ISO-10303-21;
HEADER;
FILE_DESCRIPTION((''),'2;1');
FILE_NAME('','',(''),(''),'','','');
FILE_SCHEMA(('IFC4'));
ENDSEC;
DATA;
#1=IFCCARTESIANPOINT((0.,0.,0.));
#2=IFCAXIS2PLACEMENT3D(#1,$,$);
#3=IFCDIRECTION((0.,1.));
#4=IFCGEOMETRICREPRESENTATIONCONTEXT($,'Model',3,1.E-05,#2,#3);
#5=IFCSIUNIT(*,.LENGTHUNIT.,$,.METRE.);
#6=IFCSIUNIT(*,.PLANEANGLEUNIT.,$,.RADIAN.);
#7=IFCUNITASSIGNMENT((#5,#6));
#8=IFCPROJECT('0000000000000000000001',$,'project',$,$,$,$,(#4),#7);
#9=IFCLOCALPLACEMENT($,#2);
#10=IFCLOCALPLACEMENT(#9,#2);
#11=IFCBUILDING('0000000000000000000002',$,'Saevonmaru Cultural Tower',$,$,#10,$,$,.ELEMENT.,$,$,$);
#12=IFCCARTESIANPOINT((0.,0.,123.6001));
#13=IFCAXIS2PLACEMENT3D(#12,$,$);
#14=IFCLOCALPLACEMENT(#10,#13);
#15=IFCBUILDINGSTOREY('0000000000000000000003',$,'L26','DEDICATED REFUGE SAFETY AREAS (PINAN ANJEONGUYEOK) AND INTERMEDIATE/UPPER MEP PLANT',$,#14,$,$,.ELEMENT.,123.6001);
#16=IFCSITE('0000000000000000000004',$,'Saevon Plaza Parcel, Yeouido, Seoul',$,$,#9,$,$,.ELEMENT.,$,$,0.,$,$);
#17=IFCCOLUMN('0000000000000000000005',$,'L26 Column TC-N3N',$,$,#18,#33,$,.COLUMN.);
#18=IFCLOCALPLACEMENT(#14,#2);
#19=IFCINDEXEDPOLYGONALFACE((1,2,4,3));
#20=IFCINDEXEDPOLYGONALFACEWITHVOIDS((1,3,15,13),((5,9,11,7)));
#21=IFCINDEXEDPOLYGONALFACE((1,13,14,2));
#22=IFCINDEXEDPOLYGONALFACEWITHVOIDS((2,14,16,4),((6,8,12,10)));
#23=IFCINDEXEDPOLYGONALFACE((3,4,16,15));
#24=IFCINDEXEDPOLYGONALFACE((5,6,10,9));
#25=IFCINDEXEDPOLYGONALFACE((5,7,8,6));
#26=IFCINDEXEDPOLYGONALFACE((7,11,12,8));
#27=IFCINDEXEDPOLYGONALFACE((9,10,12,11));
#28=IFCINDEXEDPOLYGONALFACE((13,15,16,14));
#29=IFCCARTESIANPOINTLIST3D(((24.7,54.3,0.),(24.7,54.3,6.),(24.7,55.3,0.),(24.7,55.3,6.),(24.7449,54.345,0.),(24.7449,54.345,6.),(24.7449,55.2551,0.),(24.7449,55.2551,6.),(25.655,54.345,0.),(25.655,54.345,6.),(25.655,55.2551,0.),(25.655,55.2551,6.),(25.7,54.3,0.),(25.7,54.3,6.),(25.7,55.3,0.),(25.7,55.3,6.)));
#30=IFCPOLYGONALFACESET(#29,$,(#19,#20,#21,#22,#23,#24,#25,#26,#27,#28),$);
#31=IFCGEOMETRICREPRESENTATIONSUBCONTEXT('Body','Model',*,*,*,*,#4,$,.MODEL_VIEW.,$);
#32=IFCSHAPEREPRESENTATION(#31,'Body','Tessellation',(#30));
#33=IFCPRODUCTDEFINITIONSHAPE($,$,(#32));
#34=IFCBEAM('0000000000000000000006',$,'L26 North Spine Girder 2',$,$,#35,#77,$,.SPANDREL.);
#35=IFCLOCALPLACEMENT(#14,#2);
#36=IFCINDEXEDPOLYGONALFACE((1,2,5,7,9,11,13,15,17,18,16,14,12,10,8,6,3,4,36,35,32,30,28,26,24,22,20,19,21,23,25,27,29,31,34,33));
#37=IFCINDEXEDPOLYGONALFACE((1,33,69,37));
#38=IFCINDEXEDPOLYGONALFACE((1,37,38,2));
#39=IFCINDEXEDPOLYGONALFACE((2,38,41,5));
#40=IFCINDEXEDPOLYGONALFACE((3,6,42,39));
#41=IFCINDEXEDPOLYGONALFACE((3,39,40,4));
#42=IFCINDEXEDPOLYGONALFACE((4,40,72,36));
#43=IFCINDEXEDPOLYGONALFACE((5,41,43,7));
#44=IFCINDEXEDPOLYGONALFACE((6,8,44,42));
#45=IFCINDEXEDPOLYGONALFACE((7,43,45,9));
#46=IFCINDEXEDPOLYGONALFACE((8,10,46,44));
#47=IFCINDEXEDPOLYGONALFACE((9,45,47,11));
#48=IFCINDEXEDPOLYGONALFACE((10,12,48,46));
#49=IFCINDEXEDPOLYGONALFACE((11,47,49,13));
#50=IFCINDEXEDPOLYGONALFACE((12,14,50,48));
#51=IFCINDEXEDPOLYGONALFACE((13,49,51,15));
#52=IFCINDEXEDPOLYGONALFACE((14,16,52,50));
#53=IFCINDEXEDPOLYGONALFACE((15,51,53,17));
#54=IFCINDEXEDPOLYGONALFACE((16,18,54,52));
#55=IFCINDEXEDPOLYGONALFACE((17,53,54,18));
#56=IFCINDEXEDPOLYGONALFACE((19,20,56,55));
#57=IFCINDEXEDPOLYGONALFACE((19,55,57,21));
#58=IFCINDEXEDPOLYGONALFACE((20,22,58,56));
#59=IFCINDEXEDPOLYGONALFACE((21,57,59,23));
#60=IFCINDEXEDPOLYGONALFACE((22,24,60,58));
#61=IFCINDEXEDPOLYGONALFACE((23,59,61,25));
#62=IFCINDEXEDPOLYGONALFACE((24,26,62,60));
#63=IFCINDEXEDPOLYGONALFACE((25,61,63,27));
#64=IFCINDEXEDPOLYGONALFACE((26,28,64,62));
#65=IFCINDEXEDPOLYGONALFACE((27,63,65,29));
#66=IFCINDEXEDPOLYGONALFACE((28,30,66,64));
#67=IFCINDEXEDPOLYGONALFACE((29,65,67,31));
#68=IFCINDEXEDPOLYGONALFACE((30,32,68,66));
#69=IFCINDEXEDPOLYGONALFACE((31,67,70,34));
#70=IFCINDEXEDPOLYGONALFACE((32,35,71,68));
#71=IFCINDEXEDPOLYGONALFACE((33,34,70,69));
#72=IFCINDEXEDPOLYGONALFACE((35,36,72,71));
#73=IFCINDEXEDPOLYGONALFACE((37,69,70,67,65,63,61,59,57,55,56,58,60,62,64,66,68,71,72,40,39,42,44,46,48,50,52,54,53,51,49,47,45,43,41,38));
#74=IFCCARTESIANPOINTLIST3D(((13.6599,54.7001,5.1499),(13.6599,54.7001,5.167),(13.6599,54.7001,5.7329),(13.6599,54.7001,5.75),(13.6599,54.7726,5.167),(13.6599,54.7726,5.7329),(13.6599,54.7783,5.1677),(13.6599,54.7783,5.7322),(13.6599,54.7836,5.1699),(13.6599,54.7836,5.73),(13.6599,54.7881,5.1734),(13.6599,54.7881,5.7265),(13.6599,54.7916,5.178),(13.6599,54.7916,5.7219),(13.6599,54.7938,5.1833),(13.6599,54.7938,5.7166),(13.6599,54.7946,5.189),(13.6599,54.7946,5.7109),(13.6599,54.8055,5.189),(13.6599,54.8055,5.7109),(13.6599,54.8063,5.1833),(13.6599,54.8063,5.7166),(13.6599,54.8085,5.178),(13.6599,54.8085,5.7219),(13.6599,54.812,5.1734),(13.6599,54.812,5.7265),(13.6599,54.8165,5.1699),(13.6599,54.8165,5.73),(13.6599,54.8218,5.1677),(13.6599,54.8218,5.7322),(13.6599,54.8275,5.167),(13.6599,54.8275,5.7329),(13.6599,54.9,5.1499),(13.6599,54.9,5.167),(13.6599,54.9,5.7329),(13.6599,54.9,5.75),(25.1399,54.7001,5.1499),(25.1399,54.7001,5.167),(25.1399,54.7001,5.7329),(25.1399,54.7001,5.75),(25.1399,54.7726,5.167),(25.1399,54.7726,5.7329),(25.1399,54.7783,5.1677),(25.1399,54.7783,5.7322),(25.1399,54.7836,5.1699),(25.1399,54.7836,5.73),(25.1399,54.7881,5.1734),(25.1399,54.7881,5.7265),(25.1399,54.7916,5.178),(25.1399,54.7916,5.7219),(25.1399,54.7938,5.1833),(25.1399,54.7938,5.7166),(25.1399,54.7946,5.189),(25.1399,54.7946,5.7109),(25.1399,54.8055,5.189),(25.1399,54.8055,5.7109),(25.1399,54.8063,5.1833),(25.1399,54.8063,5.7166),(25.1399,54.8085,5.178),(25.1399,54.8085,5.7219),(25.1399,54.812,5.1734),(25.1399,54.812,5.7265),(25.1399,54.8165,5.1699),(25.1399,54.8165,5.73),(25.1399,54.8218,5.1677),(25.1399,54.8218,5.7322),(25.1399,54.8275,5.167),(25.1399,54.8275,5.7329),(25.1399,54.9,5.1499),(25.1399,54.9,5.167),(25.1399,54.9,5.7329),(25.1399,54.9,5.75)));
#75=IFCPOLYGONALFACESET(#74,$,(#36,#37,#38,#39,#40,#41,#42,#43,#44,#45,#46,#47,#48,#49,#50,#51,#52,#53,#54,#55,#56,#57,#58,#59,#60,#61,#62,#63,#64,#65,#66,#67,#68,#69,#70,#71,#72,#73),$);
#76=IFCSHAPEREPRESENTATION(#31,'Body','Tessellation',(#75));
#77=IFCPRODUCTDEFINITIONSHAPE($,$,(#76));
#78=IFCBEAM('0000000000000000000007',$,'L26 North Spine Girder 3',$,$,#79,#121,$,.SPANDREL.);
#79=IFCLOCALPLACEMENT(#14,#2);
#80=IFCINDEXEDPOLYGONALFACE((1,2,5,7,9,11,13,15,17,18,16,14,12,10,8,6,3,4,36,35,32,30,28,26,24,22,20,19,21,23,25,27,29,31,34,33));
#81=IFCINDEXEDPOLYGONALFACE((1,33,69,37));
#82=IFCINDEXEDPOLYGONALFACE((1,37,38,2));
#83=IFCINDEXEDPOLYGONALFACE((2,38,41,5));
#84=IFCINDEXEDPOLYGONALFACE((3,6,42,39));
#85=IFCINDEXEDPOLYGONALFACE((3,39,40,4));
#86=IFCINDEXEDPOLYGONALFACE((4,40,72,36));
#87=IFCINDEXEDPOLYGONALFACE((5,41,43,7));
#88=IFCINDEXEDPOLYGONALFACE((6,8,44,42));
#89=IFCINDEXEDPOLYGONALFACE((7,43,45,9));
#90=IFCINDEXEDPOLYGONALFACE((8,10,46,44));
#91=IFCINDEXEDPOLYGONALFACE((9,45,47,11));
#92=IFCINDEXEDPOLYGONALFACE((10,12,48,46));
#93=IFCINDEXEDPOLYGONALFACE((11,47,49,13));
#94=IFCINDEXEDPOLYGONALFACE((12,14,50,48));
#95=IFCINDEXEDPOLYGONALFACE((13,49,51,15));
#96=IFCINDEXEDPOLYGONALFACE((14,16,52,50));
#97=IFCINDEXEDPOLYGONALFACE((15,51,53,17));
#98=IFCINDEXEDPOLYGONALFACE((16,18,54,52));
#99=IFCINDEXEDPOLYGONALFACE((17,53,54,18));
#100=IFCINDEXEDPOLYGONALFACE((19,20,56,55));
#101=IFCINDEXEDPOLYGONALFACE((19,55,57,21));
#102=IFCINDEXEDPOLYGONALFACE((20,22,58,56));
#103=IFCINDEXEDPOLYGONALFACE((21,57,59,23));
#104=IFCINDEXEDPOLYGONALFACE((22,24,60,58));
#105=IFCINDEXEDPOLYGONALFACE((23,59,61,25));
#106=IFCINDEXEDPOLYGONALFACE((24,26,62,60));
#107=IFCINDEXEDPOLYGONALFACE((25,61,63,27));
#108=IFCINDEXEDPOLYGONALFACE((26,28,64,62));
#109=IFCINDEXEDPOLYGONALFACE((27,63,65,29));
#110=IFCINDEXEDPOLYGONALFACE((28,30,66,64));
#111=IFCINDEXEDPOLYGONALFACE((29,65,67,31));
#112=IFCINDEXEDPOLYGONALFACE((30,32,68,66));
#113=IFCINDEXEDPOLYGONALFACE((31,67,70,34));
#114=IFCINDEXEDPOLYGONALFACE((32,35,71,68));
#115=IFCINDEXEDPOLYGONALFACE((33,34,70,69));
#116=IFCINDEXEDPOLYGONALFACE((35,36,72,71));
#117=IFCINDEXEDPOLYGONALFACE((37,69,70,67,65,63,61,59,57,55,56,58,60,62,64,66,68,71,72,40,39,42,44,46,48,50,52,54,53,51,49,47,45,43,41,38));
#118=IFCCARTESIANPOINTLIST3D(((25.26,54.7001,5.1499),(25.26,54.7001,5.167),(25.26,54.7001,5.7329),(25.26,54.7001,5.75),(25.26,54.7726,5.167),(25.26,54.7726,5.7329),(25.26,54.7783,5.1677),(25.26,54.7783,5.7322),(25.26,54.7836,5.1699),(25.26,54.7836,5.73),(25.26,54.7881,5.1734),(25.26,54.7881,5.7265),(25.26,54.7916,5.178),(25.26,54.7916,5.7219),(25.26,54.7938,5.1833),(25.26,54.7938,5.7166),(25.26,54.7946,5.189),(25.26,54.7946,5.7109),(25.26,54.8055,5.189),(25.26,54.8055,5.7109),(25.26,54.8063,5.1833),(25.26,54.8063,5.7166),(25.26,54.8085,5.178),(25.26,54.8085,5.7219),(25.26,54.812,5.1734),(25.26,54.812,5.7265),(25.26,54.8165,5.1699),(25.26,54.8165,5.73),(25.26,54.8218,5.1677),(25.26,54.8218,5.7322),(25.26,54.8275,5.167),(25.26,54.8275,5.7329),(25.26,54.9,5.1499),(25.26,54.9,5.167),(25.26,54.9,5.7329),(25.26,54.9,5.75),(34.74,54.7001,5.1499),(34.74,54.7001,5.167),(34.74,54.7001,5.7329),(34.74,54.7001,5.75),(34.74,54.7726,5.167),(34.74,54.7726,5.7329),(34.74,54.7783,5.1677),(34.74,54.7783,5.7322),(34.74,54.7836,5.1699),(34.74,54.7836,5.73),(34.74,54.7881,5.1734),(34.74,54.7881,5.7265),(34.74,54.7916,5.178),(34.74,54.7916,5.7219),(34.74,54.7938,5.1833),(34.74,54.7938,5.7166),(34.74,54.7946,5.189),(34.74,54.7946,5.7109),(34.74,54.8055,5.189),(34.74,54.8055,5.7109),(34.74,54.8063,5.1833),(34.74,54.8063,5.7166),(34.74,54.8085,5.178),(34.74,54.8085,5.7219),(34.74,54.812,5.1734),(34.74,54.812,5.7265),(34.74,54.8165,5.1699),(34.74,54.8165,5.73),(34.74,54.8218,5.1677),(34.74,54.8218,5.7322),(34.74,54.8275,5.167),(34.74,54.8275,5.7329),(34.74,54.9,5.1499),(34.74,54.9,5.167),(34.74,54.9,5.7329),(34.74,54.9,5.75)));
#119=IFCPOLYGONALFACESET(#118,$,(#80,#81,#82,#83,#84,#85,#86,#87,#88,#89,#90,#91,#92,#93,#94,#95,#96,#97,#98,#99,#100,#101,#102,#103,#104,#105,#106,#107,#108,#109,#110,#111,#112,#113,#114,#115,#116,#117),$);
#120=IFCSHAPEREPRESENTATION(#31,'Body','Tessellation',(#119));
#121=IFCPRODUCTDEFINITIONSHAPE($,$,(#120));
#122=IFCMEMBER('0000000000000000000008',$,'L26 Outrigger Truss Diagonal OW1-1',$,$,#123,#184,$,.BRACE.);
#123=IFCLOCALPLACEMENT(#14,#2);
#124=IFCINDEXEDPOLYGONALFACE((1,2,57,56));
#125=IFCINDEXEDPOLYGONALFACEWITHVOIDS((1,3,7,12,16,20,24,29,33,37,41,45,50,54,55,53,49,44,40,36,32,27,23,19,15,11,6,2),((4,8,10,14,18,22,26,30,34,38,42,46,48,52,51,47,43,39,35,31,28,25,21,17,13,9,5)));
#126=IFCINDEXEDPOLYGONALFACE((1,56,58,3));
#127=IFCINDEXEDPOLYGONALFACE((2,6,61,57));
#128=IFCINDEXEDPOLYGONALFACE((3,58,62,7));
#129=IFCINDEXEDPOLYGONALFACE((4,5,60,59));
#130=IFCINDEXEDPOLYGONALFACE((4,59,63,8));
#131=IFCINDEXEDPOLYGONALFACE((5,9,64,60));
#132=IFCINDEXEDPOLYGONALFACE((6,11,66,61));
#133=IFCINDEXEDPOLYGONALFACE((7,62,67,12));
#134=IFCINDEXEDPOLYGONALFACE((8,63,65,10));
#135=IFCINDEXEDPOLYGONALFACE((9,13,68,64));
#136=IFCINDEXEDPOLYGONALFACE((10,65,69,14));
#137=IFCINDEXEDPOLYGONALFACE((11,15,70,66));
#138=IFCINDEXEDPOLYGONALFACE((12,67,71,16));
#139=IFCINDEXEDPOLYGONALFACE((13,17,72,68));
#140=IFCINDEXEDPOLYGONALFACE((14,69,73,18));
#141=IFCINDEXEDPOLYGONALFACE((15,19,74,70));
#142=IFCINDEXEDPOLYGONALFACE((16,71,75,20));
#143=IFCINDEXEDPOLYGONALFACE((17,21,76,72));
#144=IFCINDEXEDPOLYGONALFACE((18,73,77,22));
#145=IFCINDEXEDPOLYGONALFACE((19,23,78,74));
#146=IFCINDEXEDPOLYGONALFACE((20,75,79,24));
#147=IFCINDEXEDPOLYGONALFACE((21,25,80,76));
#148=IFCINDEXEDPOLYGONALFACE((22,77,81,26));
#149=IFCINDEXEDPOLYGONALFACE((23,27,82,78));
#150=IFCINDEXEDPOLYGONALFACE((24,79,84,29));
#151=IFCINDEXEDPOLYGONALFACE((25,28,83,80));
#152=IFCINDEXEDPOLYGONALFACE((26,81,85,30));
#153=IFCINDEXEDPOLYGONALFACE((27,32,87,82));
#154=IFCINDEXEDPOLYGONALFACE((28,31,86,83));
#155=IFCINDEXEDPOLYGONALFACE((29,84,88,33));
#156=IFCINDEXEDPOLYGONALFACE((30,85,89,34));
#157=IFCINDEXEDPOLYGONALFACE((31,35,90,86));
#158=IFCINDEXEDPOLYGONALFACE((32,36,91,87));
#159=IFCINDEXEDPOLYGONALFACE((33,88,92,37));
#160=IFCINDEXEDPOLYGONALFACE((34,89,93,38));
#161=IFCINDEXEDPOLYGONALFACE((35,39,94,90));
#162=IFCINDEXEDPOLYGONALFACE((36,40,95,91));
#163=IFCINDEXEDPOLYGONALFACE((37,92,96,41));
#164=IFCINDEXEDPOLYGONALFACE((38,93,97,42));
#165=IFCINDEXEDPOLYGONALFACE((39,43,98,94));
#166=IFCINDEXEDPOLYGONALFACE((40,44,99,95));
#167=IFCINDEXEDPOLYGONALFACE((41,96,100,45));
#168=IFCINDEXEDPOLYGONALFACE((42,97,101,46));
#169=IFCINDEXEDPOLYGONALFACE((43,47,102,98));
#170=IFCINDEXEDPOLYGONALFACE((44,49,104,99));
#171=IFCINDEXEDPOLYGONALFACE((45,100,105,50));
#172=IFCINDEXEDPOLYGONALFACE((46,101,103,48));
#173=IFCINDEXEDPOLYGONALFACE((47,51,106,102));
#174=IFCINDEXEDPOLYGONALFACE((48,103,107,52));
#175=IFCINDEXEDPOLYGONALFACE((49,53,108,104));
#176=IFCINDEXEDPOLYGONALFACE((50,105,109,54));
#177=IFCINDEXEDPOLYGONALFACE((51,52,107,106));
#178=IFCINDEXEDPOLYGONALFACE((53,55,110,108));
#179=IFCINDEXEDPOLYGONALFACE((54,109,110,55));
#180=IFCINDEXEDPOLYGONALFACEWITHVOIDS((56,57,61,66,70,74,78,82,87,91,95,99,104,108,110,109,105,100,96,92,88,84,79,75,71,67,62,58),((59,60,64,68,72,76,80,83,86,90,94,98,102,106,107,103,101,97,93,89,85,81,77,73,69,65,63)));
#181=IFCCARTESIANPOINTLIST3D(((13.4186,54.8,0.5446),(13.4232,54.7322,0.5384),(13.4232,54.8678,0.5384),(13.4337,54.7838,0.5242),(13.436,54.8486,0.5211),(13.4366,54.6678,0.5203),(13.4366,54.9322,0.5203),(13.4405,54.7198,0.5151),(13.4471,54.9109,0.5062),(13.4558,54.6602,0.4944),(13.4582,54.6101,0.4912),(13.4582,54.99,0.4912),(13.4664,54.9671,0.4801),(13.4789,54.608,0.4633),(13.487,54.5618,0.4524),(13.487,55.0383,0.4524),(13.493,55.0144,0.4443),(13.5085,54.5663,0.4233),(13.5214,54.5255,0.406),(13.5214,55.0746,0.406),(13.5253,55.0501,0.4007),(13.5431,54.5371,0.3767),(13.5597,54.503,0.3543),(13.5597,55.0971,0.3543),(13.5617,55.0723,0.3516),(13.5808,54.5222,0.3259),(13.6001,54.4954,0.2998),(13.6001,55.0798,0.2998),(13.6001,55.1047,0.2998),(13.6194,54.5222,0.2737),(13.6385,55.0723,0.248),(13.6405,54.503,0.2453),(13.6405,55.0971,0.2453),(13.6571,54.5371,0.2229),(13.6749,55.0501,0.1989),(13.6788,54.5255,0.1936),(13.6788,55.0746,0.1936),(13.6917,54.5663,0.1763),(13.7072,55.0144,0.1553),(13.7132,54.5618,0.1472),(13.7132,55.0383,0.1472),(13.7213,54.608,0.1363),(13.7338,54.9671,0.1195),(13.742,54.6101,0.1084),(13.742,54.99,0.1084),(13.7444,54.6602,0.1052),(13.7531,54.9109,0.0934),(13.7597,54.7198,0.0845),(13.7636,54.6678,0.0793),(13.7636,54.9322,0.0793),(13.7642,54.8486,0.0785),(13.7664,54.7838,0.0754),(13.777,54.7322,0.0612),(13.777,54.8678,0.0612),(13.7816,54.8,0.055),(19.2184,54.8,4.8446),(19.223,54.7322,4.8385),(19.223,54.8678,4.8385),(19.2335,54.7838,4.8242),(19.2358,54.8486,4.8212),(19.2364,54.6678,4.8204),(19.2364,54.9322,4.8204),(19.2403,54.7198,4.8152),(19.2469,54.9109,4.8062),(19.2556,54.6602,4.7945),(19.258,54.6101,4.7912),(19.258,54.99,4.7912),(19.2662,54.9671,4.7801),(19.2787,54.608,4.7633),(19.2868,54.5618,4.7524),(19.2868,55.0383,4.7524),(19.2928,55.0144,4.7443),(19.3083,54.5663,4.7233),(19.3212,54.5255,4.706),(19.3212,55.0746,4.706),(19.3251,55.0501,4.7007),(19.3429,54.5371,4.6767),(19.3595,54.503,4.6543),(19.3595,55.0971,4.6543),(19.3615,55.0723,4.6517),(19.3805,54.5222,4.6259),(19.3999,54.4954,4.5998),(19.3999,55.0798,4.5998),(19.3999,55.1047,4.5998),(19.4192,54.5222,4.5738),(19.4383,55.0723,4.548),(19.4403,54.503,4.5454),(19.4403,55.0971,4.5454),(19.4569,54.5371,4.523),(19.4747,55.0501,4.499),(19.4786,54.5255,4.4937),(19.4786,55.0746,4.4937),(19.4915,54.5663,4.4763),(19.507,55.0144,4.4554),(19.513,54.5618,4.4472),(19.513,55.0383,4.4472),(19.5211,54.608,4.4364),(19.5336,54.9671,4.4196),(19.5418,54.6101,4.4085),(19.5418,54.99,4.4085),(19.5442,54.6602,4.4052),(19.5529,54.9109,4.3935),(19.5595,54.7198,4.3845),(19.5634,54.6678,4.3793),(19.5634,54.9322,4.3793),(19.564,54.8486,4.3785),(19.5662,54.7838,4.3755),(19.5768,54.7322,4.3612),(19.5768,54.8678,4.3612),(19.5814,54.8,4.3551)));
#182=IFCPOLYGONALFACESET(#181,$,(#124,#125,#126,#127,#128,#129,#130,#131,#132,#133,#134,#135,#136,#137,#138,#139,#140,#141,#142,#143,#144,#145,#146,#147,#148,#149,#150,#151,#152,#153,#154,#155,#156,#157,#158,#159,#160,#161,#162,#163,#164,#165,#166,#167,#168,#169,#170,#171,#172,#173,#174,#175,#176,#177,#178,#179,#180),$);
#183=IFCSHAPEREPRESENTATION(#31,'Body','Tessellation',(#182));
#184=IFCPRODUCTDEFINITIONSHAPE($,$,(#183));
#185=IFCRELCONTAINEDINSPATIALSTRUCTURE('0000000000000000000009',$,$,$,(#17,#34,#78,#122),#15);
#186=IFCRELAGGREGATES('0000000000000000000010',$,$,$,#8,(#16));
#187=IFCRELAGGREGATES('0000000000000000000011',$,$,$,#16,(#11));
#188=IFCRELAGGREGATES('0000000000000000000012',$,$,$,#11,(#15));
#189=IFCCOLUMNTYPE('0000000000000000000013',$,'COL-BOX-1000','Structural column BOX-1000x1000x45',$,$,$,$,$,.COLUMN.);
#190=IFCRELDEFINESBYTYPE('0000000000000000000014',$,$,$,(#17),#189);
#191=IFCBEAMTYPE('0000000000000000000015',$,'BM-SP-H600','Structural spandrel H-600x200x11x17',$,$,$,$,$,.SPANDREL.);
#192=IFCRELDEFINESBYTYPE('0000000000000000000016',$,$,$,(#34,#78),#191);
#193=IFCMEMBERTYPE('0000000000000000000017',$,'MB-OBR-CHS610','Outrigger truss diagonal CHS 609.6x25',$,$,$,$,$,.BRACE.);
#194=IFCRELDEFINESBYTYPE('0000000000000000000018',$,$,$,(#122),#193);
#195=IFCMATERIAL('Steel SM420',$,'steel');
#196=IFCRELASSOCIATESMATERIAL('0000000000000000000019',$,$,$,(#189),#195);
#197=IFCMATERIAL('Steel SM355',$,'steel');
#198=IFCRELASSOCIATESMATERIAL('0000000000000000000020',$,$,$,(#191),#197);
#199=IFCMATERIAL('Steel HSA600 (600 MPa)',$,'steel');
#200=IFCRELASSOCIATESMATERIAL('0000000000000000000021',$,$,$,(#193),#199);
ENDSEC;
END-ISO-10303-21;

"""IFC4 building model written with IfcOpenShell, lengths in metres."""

from ifc_helpers import new_model, si_unit, direction, frame, origin, origin_2d, place, context, subcontext, project, spatial, hollow_rectangle, hollow_circle, i_section, extrude, material, material_profile, profile_set, type_object, element, save


model = new_model("IFC4")

# Units and contexts
model_context = context("Model", 3, precision=1e-05, world=origin(), true_north=direction((0.0, 1.0)))
body_context = subcontext(model_context, "Body", "Model", "MODEL_VIEW")
ifc_project = project(units=[si_unit("LENGTHUNIT", "METRE"), si_unit("PLANEANGLEUNIT", "RADIAN")], contexts=[model_context])

# Site, building, storey
site_placement = place(None, origin())
site = spatial("IfcSite", under=ifc_project, at=site_placement, Name="Saevon Plaza Parcel, Yeouido, Seoul", CompositionType="ELEMENT", RefElevation=0.0)
building_placement = place(site_placement, origin())
building = spatial("IfcBuilding", under=site, at=building_placement, Name="Saevonmaru Cultural Tower", CompositionType="ELEMENT")
storey_placement = place(building_placement, frame((0.0, 0.0, 123.6001)))
storey = spatial("IfcBuildingStorey", under=building, at=storey_placement, Name="L26", Description="DEDICATED REFUGE SAFETY AREAS (PINAN ANJEONGUYEOK) AND INTERMEDIATE/UPPER MEP PLANT", CompositionType="ELEMENT", Elevation=123.6001)

# Column
ifc_material_1 = material(Name="Steel SM420", Category="steel")
ifc_material_profile_1 = material_profile(ifc_material_1, hollow_rectangle(XDim=1.0, YDim=1.0, WallThickness=0.0449, at=origin_2d()), Name="BOX-1000x1000x45")
ifc_profile_set_1 = profile_set([ifc_material_profile_1], Name="Steel SM420")
column_type = type_object("IfcColumnType", Name="COL-BOX-1000", Description="Structural column BOX-1000x1000x45", PredefinedType="COLUMN", material=ifc_profile_set_1)
column_placement = place(storey_placement, frame((25.2, 54.8, 0.0), z_axis=(0.0, 0.0, 1.0), x_axis=(1.0, 0.0, 0.0)))
element("IfcColumn", 1, at=column_placement, inside=storey, type_object=column_type, Name="L26 Column TC-N3N", PredefinedType="COLUMN", context=body_context, shape_type="SweptSolid", body=[
    extrude(hollow_rectangle(XDim=1.0, YDim=1.0, WallThickness=0.0449, at=origin_2d()), origin(), (0.0, 0.0, 1.0), 6.0),
])

# Beams
ifc_material_2 = material(Name="Steel SM355", Category="steel")
ifc_material_profile_2 = material_profile(ifc_material_2, i_section(OverallWidth=0.2, OverallDepth=0.6001, WebThickness=0.011, FlangeThickness=0.0171, FilletRadius=0.022, at=origin_2d()), Name="H-600x200x11x17")
ifc_profile_set_2 = profile_set([ifc_material_profile_2], Name="Steel SM355")
beam_type = type_object("IfcBeamType", Name="BM-SP-H600", Description="Structural spandrel H-600x200x11x17", PredefinedType="SPANDREL", material=ifc_profile_set_2)
beam_1_placement = place(storey_placement, frame((13.6599, 54.8, 5.45), z_axis=(1.0, 0.0, 0.0), x_axis=(0.0, 1.0, 0.0)))
element("IfcBeam", 2, at=beam_1_placement, inside=storey, type_object=beam_type, Name="L26 North Spine Girder 2", PredefinedType="SPANDREL", context=body_context, shape_type="SweptSolid", body=[
    extrude(i_section(OverallWidth=0.2, OverallDepth=0.6001, WebThickness=0.011, FlangeThickness=0.0171, FilletRadius=0.022, at=origin_2d()), origin(), (0.0, 0.0, 1.0), 11.48),
])
beam_2_placement = place(storey_placement, frame((25.26, 54.8, 5.45), z_axis=(1.0, 0.0, 0.0), x_axis=(0.0, 1.0, 0.0)))
element("IfcBeam", 3, at=beam_2_placement, inside=storey, type_object=beam_type, Name="L26 North Spine Girder 3", PredefinedType="SPANDREL", context=body_context, shape_type="SweptSolid", body=[
    extrude(i_section(OverallWidth=0.2, OverallDepth=0.6001, WebThickness=0.011, FlangeThickness=0.0171, FilletRadius=0.022, at=origin_2d()), origin(), (0.0, 0.0, 1.0), 9.48),
])

# Member
ifc_material_3 = material(Name="Steel HSA600 (600 MPa)", Category="steel")
ifc_material_profile_3 = material_profile(ifc_material_3, hollow_circle(Radius=0.3047, WallThickness=0.0249, at=origin_2d()), Name="CHS-609.6x25")
ifc_profile_set_3 = profile_set([ifc_material_profile_3], Name="Steel HSA600 (600 MPa)")
member_type_1 = type_object("IfcMemberType", Name="MB-OBR-CHS610", Description="Outrigger truss diagonal CHS 609.6x25", PredefinedType="BRACE", material=ifc_profile_set_3)
member_1_placement = place(storey_placement, frame((13.6001, 54.8, 0.2998), z_axis=(0.803299, 0.0, 0.595576), x_axis=(0.0, 1.0, 0.0)))
element("IfcMember", 4, at=member_1_placement, inside=storey, type_object=member_type_1, Name="L26 Outrigger Truss Diagonal OW1-1", PredefinedType="BRACE", context=body_context, shape_type="SweptSolid", body=[
    extrude(hollow_circle(Radius=0.3047, WallThickness=0.0249, at=origin_2d()), origin(), (0.0, 0.0, 1.0), 7.22),
])

save(model, "model.ifc")
